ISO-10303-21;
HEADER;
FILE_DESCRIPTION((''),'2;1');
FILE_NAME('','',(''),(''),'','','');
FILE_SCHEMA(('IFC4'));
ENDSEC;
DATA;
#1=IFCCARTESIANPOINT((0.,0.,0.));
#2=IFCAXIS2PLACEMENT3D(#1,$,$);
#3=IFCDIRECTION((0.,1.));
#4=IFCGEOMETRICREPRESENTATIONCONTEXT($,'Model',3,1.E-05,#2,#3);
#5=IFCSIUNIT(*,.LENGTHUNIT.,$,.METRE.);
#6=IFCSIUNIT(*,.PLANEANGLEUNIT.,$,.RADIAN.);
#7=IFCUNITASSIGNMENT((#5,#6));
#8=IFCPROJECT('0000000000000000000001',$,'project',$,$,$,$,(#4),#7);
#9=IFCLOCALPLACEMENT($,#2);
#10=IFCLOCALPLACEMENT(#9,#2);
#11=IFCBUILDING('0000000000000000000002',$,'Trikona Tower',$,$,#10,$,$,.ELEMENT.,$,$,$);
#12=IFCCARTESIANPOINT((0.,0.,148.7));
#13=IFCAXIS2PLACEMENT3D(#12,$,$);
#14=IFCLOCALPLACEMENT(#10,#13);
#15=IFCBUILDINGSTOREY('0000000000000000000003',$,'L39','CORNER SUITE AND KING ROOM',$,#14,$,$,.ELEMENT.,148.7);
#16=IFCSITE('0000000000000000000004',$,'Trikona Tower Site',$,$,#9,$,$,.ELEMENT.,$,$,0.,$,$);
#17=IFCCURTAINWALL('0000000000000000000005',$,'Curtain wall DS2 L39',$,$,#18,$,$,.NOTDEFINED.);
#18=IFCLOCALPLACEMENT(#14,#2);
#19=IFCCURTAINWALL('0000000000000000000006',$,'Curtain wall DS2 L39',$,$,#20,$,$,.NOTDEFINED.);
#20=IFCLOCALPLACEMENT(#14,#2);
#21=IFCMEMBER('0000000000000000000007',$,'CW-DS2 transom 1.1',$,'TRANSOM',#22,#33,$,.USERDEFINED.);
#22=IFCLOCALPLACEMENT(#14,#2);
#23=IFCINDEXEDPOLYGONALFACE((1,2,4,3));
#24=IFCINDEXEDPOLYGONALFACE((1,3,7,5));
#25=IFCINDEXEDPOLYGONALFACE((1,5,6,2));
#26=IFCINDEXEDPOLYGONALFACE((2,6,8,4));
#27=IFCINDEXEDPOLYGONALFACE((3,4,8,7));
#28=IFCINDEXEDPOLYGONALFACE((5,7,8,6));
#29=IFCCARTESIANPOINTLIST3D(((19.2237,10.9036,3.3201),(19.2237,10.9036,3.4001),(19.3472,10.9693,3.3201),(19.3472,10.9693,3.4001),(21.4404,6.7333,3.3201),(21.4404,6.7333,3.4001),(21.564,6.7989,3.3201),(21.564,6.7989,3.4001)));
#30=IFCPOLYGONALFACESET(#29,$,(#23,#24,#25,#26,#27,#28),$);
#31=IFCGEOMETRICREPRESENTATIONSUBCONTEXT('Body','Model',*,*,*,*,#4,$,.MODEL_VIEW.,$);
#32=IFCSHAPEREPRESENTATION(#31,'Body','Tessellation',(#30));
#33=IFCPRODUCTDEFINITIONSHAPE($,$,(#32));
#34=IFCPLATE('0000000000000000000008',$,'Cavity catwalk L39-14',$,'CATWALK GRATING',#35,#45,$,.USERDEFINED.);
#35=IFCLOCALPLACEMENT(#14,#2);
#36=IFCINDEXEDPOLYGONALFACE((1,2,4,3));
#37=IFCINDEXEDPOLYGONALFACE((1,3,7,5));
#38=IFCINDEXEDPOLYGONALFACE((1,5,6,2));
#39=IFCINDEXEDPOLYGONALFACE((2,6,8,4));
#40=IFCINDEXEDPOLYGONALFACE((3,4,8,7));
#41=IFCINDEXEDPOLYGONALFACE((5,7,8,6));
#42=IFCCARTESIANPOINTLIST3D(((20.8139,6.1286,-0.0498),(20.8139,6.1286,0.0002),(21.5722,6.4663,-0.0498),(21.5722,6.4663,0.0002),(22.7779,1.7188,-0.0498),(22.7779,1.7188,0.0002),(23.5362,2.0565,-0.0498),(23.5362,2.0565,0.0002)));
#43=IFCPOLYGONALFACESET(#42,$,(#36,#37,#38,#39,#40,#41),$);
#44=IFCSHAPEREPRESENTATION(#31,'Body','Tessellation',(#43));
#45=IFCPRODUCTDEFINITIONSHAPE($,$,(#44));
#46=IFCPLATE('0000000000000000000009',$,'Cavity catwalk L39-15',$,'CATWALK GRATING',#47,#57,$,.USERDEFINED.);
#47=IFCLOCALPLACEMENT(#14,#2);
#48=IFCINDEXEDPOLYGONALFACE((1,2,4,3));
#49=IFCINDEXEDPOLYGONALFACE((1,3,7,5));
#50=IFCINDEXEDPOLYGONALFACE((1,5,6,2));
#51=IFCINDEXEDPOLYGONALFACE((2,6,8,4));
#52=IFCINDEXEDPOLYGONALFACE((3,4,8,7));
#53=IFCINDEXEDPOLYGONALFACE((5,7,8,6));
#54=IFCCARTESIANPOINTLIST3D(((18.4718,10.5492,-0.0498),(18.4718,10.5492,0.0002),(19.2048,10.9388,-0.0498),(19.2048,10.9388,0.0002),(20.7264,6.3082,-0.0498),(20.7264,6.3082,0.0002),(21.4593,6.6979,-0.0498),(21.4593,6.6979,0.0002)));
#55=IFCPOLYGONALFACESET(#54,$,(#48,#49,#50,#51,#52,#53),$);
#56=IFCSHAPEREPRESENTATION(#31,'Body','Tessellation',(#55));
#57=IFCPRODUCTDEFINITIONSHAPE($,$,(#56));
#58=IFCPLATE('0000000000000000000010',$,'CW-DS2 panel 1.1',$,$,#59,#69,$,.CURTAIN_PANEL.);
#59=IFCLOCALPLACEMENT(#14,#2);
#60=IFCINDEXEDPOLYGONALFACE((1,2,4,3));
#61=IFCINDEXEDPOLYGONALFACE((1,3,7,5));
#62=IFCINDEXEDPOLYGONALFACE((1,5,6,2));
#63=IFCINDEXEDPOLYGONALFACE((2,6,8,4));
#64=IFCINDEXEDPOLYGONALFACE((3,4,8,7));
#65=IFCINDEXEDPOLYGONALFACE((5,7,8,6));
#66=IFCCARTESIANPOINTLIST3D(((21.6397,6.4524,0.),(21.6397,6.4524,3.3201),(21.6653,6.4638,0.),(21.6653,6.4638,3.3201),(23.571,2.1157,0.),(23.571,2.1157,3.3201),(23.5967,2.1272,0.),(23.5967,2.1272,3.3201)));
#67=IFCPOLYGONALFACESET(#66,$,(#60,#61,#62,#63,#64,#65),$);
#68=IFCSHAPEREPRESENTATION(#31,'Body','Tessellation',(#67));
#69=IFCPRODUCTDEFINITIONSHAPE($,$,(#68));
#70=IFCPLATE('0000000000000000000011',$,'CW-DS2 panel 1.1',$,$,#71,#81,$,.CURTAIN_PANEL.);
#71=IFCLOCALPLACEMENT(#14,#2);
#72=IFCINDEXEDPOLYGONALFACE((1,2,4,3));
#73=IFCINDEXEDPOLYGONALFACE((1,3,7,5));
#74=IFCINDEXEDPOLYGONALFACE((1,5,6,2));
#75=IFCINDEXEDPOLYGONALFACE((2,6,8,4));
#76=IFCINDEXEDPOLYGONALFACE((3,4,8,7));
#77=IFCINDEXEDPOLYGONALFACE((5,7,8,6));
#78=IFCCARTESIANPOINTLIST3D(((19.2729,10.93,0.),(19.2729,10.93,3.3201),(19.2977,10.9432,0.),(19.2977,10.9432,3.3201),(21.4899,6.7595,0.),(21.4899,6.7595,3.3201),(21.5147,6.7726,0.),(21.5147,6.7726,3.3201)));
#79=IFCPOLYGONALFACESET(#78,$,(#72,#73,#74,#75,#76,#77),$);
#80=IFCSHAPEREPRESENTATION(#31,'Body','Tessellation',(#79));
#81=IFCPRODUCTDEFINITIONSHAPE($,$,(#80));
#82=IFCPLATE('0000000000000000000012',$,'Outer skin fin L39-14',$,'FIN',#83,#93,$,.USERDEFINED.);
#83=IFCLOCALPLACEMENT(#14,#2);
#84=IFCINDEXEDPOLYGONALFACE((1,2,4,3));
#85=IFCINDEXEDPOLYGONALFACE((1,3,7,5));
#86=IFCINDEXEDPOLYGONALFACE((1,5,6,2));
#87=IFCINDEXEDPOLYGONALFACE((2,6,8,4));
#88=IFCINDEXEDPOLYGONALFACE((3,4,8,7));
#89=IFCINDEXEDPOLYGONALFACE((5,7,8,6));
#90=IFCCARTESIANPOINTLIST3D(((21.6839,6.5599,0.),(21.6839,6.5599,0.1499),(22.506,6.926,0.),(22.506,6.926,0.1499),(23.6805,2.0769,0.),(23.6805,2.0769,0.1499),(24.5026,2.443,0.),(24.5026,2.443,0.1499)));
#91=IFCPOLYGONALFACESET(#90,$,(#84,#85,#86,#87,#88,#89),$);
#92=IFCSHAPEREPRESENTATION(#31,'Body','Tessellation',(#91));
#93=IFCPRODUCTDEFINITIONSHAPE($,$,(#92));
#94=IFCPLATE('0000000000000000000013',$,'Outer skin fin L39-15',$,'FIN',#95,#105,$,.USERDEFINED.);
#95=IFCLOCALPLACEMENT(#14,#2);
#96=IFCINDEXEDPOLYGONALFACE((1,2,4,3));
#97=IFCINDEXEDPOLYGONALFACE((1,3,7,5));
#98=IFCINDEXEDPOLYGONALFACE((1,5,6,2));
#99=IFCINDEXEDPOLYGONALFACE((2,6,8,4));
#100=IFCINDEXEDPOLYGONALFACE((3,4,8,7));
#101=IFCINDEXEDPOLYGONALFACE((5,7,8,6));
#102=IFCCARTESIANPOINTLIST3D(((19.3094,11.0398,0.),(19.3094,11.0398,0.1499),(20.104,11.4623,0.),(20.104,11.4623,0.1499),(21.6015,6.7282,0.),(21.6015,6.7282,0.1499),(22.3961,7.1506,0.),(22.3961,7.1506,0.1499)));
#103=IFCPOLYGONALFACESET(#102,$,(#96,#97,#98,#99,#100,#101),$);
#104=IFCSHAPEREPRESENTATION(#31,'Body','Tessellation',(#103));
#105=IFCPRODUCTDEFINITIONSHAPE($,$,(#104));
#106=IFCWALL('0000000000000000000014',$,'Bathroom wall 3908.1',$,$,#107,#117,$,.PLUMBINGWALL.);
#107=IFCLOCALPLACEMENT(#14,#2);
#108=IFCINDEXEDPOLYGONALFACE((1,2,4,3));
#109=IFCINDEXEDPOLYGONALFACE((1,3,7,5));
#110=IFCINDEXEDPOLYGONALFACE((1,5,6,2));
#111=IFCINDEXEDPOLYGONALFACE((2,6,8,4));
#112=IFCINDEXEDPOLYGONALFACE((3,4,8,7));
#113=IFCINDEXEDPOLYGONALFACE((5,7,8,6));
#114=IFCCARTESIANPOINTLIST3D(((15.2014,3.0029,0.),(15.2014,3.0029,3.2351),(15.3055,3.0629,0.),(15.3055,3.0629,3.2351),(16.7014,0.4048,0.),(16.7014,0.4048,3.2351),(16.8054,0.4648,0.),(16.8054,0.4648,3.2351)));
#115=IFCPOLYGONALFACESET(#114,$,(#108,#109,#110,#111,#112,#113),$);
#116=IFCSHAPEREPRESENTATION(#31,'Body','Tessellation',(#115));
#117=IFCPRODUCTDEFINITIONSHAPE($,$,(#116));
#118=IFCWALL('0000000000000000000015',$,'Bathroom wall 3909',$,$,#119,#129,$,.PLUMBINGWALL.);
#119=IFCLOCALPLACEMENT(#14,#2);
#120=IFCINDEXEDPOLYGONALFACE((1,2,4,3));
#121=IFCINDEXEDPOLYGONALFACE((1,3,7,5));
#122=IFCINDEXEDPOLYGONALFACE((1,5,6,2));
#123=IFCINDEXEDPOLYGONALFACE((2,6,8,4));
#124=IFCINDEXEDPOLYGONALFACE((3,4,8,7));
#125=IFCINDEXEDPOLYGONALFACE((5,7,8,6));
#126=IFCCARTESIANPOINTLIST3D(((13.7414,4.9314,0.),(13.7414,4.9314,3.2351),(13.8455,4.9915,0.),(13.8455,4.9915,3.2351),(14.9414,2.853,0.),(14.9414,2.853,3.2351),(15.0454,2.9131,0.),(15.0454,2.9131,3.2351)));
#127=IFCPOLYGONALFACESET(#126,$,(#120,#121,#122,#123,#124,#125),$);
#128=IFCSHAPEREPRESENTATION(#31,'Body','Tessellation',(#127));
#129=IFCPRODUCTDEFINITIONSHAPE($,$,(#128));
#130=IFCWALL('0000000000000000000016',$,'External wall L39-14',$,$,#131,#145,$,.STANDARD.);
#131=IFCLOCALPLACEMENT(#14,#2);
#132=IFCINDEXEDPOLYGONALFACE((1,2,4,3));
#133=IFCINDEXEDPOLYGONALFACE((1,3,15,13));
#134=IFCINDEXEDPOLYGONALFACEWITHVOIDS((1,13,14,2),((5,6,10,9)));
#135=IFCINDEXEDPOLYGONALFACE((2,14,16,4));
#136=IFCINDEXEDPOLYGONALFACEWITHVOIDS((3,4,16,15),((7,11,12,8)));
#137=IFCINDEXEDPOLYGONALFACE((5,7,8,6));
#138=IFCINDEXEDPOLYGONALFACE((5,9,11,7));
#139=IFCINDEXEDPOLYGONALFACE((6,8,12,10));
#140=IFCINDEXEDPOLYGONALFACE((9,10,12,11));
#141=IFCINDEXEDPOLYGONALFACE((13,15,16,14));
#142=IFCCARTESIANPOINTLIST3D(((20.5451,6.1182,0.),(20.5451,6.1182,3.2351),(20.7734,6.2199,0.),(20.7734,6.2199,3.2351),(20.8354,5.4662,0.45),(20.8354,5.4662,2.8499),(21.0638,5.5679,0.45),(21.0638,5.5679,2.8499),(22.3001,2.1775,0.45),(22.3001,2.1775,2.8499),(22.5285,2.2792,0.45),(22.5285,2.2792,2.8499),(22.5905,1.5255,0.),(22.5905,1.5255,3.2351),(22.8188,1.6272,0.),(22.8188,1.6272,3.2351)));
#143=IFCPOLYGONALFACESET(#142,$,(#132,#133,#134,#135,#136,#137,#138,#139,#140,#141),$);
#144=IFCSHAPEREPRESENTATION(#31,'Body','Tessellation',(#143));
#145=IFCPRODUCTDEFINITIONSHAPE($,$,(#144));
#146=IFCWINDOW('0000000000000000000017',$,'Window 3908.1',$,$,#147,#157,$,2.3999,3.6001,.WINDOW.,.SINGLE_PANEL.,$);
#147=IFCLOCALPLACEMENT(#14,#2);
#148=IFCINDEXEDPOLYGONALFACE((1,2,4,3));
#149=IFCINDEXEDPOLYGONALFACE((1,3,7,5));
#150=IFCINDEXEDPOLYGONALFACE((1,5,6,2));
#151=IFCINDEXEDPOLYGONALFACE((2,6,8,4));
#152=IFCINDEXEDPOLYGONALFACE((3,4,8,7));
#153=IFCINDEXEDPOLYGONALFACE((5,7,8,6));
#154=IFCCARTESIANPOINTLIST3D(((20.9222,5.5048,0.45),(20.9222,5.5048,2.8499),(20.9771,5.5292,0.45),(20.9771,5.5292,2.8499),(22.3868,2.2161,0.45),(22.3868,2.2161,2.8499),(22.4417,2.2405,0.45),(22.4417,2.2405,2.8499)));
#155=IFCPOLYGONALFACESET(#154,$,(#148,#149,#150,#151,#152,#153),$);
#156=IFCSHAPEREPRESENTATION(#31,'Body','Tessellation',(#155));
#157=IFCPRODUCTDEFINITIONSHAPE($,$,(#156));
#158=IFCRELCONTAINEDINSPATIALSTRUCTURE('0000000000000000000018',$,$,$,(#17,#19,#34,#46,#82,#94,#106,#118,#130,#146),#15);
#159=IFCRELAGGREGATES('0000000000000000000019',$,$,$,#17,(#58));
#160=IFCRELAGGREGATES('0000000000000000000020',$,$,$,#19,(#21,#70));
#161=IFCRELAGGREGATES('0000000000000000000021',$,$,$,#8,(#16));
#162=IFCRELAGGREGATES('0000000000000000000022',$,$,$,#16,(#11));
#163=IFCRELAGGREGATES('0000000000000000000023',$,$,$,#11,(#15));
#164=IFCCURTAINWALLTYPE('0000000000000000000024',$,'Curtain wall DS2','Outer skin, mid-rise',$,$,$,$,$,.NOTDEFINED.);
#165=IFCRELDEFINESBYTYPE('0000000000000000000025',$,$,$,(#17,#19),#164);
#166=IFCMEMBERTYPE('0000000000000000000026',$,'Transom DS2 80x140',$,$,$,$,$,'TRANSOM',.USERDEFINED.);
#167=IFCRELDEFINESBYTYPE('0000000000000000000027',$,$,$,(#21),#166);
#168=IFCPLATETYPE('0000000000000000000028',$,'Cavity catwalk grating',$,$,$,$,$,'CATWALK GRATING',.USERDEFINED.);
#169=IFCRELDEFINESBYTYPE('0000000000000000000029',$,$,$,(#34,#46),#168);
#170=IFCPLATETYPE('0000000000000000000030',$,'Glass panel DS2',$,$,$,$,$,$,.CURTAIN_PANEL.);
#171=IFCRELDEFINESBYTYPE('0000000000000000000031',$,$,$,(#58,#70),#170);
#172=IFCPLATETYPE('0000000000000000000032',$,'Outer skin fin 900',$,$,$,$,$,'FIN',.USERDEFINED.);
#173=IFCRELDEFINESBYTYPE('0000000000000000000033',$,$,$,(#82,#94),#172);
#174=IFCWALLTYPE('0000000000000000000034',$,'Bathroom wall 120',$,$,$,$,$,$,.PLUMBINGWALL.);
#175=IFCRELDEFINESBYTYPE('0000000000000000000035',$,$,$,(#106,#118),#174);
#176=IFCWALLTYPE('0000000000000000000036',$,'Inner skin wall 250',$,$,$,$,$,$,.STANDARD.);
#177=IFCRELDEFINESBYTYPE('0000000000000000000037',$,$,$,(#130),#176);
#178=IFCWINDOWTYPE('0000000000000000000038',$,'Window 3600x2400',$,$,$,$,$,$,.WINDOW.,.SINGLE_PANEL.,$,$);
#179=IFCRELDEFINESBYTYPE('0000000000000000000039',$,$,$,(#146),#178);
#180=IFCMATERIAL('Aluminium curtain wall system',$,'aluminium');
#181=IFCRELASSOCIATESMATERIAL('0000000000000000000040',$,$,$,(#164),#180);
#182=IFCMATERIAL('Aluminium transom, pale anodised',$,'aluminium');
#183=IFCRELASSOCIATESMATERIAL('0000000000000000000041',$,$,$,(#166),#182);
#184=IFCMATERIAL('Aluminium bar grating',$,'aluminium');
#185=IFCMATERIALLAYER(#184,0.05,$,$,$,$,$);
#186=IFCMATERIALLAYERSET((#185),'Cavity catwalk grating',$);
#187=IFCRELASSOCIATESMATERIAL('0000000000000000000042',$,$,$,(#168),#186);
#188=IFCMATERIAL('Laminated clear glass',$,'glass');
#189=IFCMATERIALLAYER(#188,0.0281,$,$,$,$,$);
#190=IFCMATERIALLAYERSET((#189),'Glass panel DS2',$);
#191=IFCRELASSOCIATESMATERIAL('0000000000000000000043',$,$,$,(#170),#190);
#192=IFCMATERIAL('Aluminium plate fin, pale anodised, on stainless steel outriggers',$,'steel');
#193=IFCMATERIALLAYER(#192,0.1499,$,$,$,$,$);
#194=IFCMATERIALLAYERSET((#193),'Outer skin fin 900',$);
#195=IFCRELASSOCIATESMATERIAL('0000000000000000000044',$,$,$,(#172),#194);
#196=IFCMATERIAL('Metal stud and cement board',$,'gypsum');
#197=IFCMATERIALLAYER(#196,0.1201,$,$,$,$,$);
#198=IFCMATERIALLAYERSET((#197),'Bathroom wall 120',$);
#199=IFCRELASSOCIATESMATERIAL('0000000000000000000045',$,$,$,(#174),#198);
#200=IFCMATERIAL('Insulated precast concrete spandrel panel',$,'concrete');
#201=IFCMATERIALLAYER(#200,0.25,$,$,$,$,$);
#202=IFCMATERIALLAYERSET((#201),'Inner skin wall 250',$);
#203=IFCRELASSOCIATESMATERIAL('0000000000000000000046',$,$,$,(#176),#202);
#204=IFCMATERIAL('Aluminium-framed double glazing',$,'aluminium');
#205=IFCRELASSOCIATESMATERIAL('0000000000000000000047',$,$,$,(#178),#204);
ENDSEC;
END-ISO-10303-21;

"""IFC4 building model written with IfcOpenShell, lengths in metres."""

from ifc_helpers import new_model, si_unit, direction, frame, frame_2d, origin, origin_2d, place, context, subcontext, project, spatial, rectangle, extrude, material, layer, layer_set, material_profile, profile_set, type_object, element, fill, aggregate, save


model = new_model("IFC4")

# Units and contexts
model_context = context("Model", 3, precision=1e-05, world=origin(), true_north=direction((0.0, 1.0)))
body_context = subcontext(model_context, "Body", "Model", "MODEL_VIEW")
ifc_project = project(units=[si_unit("LENGTHUNIT", "METRE"), si_unit("PLANEANGLEUNIT", "RADIAN")], contexts=[model_context])

# Site, building, storey
site_placement = place(None, origin())
site = spatial("IfcSite", under=ifc_project, at=site_placement, Name="Trikona Tower Site", CompositionType="ELEMENT", RefElevation=0.0)
building_placement = place(site_placement, origin())
building = spatial("IfcBuilding", under=site, at=building_placement, Name="Trikona Tower", CompositionType="ELEMENT")
storey_placement = place(building_placement, frame((0.0, 0.0, 148.7)))
storey = spatial("IfcBuildingStorey", under=building, at=storey_placement, Name="L39", Description="CORNER SUITE AND KING ROOM", CompositionType="ELEMENT", Elevation=148.7)

# Shared definitions
ifc_material_1 = material(Name="Aluminium curtain wall system", Category="aluminium")
curtain_wall_type = type_object("IfcCurtainWallType", Name="Curtain wall DS2", Description="Outer skin, mid-rise", PredefinedType="NOTDEFINED", material=ifc_material_1)

# Curtain walls
curtain_wall_1_placement = place(storey_placement, origin())
curtain_wall_1 = element("IfcCurtainWall", 1, at=curtain_wall_1_placement, inside=storey, type_object=curtain_wall_type, Name="Curtain wall DS2 L39", PredefinedType="NOTDEFINED")
curtain_wall_2_placement = place(storey_placement, origin())
curtain_wall_2 = element("IfcCurtainWall", 2, at=curtain_wall_2_placement, inside=storey, type_object=curtain_wall_type, Name="Curtain wall DS2 L39", PredefinedType="NOTDEFINED")

# Member
ifc_material_2 = material(Name="Aluminium transom, pale anodised", Category="aluminium")
ifc_material_profile_1 = material_profile(ifc_material_2, rectangle(XDim=0.1399, YDim=0.0801, at=origin_2d()), Name="TRN-DS2")
ifc_profile_set_1 = profile_set([ifc_material_profile_1], Name="Aluminium transom, pale anodised")
member_type_1 = type_object("IfcMemberType", Name="Transom DS2 80x140", ElementType="TRANSOM", PredefinedType="USERDEFINED", material=ifc_profile_set_1)
member_1_placement = place(storey_placement, frame((21.5022, 6.7661, 3.3601), z_axis=(-0.469364, 0.883005, 0.0), x_axis=(-0.883005, -0.469364, 0.0)))
member_1 = element("IfcMember", 3, at=member_1_placement, type_object=member_type_1, Name="CW-DS2 transom 1.1", ObjectType="TRANSOM", PredefinedType="USERDEFINED", context=body_context, shape_type="SweptSolid", body=[
    extrude(rectangle(XDim=0.1399, YDim=0.0801, at=origin_2d()), origin(), (0.0, 0.0, 1.0), 4.7229),
])

# Plates
ifc_material_3 = material(Name="Aluminium bar grating", Category="aluminium")
ifc_layer_1 = layer(ifc_material_3, 0.05)
ifc_layer_set_1 = layer_set([ifc_layer_1], Name="Cavity catwalk grating")
plate_type_1 = type_object("IfcPlateType", Name="Cavity catwalk grating", ElementType="CATWALK GRATING", PredefinedType="USERDEFINED", material=ifc_layer_set_1)
plate_1_placement = place(storey_placement, frame((22.175, 4.0925, -0.0498), z_axis=(0.0, 0.0, 1.0), x_axis=(-0.406843, 0.913498, 0.0)))
element("IfcPlate", 4, at=plate_1_placement, inside=storey, type_object=plate_type_1, Name="Cavity catwalk L39-14", ObjectType="CATWALK GRATING", PredefinedType="USERDEFINED", context=body_context, shape_type="SweptSolid", body=[
    extrude(rectangle(XDim=4.8274, YDim=0.8301, at=origin_2d()), origin(), (0.0, 0.0, 1.0), 0.05),
])
plate_2_placement = place(storey_placement, frame((19.9656, 8.6235, -0.0498), z_axis=(0.0, 0.0, 1.0), x_axis=(-0.469398, 0.882987, 0.0)))
element("IfcPlate", 5, at=plate_2_placement, inside=storey, type_object=plate_type_1, Name="Cavity catwalk L39-15", ObjectType="CATWALK GRATING", PredefinedType="USERDEFINED", context=body_context, shape_type="SweptSolid", body=[
    extrude(rectangle(XDim=4.803, YDim=0.8301, at=origin_2d()), origin(), (0.0, 0.0, 1.0), 0.05),
])

# Plates
ifc_material_4 = material(Name="Laminated clear glass", Category="glass")
ifc_layer_2 = layer(ifc_material_4, 0.0281)
ifc_layer_set_2 = layer_set([ifc_layer_2], Name="Glass panel DS2")
plate_type_2 = type_object("IfcPlateType", Name="Glass panel DS2", PredefinedType="CURTAIN_PANEL", material=ifc_layer_set_2)
plate_3_placement = place(storey_placement, frame((22.6182, 4.2898, 0.0), z_axis=(0.0, 0.0, 1.0), x_axis=(-0.406836, 0.913501, 0.0)))
plate_3 = element("IfcPlate", 6, at=plate_3_placement, type_object=plate_type_2, Name="CW-DS2 panel 1.1", PredefinedType="CURTAIN_PANEL", context=body_context, shape_type="SweptSolid", body=[
    extrude(rectangle(XDim=4.7473, YDim=0.0281, at=origin_2d()), origin(), (0.0, 0.0, 1.0), 3.3201),
])
aggregate(curtain_wall_1, [plate_3])
plate_4_placement = place(storey_placement, frame((20.3938, 8.8513, 0.0), z_axis=(0.0, 0.0, 1.0), x_axis=(-0.46938, 0.882996, 0.0)))
plate_4 = element("IfcPlate", 7, at=plate_4_placement, type_object=plate_type_2, Name="CW-DS2 panel 1.1", PredefinedType="CURTAIN_PANEL", context=body_context, shape_type="SweptSolid", body=[
    extrude(rectangle(XDim=4.7231, YDim=0.0281, at=origin_2d()), origin(), (0.0, 0.0, 1.0), 3.3201),
])
aggregate(curtain_wall_2, [member_1, plate_4])

# Plates
ifc_material_5 = material(Name="Aluminium plate fin, pale anodised, on stainless steel outriggers", Category="steel")
ifc_layer_3 = layer(ifc_material_5, 0.1499)
ifc_layer_set_3 = layer_set([ifc_layer_3], Name="Outer skin fin 900")
plate_type_3 = type_object("IfcPlateType", Name="Outer skin fin 900", ElementType="FIN", PredefinedType="USERDEFINED", material=ifc_layer_set_3)
plate_5_placement = place(storey_placement, frame((23.0933, 4.5015, 0.0), z_axis=(0.0, 0.0, 1.0), x_axis=(-0.406843, 0.913498, 0.0)))
element("IfcPlate", 8, at=plate_5_placement, inside=storey, type_object=plate_type_3, Name="Outer skin fin L39-14", ObjectType="FIN", PredefinedType="USERDEFINED", context=body_context, shape_type="SweptSolid", body=[
    extrude(rectangle(XDim=4.9075, YDim=0.8999, at=origin_2d()), origin(), (0.0, 0.0, 1.0), 0.1499),
])
plate_6_placement = place(storey_placement, frame((20.8528, 9.0952, 0.0), z_axis=(0.0, 0.0, 1.0), x_axis=(-0.469398, 0.882987, 0.0)))
element("IfcPlate", 9, at=plate_6_placement, inside=storey, type_object=plate_type_3, Name="Outer skin fin L39-15", ObjectType="FIN", PredefinedType="USERDEFINED", context=body_context, shape_type="SweptSolid", body=[
    extrude(rectangle(XDim=4.8831, YDim=0.8999, at=origin_2d()), origin(), (0.0, 0.0, 1.0), 0.1499),
])

# Walls
ifc_material_6 = material(Name="Metal stud and cement board", Category="gypsum")
ifc_layer_4 = layer(ifc_material_6, 0.1201)
ifc_layer_set_4 = layer_set([ifc_layer_4], Name="Bathroom wall 120")
wall_type_1 = type_object("IfcWallType", Name="Bathroom wall 120", PredefinedType="PLUMBINGWALL", material=ifc_layer_set_4)
wall_1_placement = place(storey_placement, frame((16.7534, 0.4348, 0.0), z_axis=(0.0, 0.0, 1.0), x_axis=(-0.49999, 0.866031, 0.0)))
element("IfcWall", 10, at=wall_1_placement, inside=storey, type_object=wall_type_1, Name="Bathroom wall 3908.1", PredefinedType="PLUMBINGWALL", context=body_context, shape_type="SweptSolid", body=[
    extrude(rectangle(XDim=3.0, YDim=0.1201, at=frame_2d((1.5, 0.0))), origin(), (0.0, 0.0, 1.0), 3.2351),
])
wall_2_placement = place(storey_placement, frame((14.9934, 2.8831, 0.0), z_axis=(0.0, 0.0, 1.0), x_axis=(-0.500001, 0.866025, 0.0)))
element("IfcWall", 11, at=wall_2_placement, inside=storey, type_object=wall_type_1, Name="Bathroom wall 3909", PredefinedType="PLUMBINGWALL", context=body_context, shape_type="SweptSolid", body=[
    extrude(rectangle(XDim=2.3999, YDim=0.1201, at=frame_2d((1.2, 0.0))), origin(), (0.0, 0.0, 1.0), 3.2351),
])

# Wall, opening, window
ifc_material_7 = material(Name="Insulated precast concrete spandrel panel", Category="concrete")
ifc_layer_5 = layer(ifc_material_7, 0.25)
ifc_layer_set_5 = layer_set([ifc_layer_5], Name="Inner skin wall 250")
wall_type_2 = type_object("IfcWallType", Name="Inner skin wall 250", PredefinedType="STANDARD", material=ifc_layer_set_5)
wall_3_placement = place(storey_placement, frame((22.7046, 1.5764, 0.0), z_axis=(0.0, 0.0, 1.0), x_axis=(-0.406832, 0.913503, 0.0)))
wall_3 = element("IfcWall", 12, at=wall_3_placement, inside=storey, type_object=wall_type_2, Name="External wall L39-14", PredefinedType="STANDARD", context=body_context, shape_type="SweptSolid", body=[
    extrude(rectangle(XDim=5.0276, YDim=0.25, at=frame_2d((2.5137, 0.0))), origin(), (0.0, 0.0, 1.0), 3.2351),
])
opening_1_placement = place(wall_3_placement, frame((0.7136, 0.0, 0.45)))
opening_1 = element("IfcOpeningElement", 13, at=opening_1_placement, cuts=wall_3, PredefinedType="OPENING", context=body_context, shape_type="SweptSolid", body=[
    extrude(rectangle(XDim=3.6001, YDim=2.3999, at=frame_2d((1.8, 1.2))), frame((0.0, 0.135, 0.0), z_axis=(0.0, -1.0, 0.0), x_axis=(1.0, 0.0, 0.0)), (0.0, 0.0, 1.0), 0.27),
])
ifc_material_8 = material(Name="Aluminium-framed double glazing", Category="aluminium")
window_type = type_object("IfcWindowType", Name="Window 3600x2400", PartitioningType="SINGLE_PANEL", PredefinedType="WINDOW", material=ifc_material_8)
window_1_placement = place(opening_1_placement, origin())
window_1 = element("IfcWindow", 14, at=window_1_placement, inside=storey, type_object=window_type, Name="Window 3908.1", OverallHeight=2.3999, OverallWidth=3.6001, PartitioningType="SINGLE_PANEL", PredefinedType="WINDOW", context=body_context, shape_type="SweptSolid", body=[
    extrude(rectangle(XDim=3.6001, YDim=2.3999, at=frame_2d((1.8, 1.2))), frame((0.0, 0.03, 0.0), z_axis=(0.0, -1.0, 0.0), x_axis=(1.0, 0.0, 0.0)), (0.0, 0.0, 1.0), 0.0601),
])
fill(opening_1, window_1)

save(model, "model.ifc")
